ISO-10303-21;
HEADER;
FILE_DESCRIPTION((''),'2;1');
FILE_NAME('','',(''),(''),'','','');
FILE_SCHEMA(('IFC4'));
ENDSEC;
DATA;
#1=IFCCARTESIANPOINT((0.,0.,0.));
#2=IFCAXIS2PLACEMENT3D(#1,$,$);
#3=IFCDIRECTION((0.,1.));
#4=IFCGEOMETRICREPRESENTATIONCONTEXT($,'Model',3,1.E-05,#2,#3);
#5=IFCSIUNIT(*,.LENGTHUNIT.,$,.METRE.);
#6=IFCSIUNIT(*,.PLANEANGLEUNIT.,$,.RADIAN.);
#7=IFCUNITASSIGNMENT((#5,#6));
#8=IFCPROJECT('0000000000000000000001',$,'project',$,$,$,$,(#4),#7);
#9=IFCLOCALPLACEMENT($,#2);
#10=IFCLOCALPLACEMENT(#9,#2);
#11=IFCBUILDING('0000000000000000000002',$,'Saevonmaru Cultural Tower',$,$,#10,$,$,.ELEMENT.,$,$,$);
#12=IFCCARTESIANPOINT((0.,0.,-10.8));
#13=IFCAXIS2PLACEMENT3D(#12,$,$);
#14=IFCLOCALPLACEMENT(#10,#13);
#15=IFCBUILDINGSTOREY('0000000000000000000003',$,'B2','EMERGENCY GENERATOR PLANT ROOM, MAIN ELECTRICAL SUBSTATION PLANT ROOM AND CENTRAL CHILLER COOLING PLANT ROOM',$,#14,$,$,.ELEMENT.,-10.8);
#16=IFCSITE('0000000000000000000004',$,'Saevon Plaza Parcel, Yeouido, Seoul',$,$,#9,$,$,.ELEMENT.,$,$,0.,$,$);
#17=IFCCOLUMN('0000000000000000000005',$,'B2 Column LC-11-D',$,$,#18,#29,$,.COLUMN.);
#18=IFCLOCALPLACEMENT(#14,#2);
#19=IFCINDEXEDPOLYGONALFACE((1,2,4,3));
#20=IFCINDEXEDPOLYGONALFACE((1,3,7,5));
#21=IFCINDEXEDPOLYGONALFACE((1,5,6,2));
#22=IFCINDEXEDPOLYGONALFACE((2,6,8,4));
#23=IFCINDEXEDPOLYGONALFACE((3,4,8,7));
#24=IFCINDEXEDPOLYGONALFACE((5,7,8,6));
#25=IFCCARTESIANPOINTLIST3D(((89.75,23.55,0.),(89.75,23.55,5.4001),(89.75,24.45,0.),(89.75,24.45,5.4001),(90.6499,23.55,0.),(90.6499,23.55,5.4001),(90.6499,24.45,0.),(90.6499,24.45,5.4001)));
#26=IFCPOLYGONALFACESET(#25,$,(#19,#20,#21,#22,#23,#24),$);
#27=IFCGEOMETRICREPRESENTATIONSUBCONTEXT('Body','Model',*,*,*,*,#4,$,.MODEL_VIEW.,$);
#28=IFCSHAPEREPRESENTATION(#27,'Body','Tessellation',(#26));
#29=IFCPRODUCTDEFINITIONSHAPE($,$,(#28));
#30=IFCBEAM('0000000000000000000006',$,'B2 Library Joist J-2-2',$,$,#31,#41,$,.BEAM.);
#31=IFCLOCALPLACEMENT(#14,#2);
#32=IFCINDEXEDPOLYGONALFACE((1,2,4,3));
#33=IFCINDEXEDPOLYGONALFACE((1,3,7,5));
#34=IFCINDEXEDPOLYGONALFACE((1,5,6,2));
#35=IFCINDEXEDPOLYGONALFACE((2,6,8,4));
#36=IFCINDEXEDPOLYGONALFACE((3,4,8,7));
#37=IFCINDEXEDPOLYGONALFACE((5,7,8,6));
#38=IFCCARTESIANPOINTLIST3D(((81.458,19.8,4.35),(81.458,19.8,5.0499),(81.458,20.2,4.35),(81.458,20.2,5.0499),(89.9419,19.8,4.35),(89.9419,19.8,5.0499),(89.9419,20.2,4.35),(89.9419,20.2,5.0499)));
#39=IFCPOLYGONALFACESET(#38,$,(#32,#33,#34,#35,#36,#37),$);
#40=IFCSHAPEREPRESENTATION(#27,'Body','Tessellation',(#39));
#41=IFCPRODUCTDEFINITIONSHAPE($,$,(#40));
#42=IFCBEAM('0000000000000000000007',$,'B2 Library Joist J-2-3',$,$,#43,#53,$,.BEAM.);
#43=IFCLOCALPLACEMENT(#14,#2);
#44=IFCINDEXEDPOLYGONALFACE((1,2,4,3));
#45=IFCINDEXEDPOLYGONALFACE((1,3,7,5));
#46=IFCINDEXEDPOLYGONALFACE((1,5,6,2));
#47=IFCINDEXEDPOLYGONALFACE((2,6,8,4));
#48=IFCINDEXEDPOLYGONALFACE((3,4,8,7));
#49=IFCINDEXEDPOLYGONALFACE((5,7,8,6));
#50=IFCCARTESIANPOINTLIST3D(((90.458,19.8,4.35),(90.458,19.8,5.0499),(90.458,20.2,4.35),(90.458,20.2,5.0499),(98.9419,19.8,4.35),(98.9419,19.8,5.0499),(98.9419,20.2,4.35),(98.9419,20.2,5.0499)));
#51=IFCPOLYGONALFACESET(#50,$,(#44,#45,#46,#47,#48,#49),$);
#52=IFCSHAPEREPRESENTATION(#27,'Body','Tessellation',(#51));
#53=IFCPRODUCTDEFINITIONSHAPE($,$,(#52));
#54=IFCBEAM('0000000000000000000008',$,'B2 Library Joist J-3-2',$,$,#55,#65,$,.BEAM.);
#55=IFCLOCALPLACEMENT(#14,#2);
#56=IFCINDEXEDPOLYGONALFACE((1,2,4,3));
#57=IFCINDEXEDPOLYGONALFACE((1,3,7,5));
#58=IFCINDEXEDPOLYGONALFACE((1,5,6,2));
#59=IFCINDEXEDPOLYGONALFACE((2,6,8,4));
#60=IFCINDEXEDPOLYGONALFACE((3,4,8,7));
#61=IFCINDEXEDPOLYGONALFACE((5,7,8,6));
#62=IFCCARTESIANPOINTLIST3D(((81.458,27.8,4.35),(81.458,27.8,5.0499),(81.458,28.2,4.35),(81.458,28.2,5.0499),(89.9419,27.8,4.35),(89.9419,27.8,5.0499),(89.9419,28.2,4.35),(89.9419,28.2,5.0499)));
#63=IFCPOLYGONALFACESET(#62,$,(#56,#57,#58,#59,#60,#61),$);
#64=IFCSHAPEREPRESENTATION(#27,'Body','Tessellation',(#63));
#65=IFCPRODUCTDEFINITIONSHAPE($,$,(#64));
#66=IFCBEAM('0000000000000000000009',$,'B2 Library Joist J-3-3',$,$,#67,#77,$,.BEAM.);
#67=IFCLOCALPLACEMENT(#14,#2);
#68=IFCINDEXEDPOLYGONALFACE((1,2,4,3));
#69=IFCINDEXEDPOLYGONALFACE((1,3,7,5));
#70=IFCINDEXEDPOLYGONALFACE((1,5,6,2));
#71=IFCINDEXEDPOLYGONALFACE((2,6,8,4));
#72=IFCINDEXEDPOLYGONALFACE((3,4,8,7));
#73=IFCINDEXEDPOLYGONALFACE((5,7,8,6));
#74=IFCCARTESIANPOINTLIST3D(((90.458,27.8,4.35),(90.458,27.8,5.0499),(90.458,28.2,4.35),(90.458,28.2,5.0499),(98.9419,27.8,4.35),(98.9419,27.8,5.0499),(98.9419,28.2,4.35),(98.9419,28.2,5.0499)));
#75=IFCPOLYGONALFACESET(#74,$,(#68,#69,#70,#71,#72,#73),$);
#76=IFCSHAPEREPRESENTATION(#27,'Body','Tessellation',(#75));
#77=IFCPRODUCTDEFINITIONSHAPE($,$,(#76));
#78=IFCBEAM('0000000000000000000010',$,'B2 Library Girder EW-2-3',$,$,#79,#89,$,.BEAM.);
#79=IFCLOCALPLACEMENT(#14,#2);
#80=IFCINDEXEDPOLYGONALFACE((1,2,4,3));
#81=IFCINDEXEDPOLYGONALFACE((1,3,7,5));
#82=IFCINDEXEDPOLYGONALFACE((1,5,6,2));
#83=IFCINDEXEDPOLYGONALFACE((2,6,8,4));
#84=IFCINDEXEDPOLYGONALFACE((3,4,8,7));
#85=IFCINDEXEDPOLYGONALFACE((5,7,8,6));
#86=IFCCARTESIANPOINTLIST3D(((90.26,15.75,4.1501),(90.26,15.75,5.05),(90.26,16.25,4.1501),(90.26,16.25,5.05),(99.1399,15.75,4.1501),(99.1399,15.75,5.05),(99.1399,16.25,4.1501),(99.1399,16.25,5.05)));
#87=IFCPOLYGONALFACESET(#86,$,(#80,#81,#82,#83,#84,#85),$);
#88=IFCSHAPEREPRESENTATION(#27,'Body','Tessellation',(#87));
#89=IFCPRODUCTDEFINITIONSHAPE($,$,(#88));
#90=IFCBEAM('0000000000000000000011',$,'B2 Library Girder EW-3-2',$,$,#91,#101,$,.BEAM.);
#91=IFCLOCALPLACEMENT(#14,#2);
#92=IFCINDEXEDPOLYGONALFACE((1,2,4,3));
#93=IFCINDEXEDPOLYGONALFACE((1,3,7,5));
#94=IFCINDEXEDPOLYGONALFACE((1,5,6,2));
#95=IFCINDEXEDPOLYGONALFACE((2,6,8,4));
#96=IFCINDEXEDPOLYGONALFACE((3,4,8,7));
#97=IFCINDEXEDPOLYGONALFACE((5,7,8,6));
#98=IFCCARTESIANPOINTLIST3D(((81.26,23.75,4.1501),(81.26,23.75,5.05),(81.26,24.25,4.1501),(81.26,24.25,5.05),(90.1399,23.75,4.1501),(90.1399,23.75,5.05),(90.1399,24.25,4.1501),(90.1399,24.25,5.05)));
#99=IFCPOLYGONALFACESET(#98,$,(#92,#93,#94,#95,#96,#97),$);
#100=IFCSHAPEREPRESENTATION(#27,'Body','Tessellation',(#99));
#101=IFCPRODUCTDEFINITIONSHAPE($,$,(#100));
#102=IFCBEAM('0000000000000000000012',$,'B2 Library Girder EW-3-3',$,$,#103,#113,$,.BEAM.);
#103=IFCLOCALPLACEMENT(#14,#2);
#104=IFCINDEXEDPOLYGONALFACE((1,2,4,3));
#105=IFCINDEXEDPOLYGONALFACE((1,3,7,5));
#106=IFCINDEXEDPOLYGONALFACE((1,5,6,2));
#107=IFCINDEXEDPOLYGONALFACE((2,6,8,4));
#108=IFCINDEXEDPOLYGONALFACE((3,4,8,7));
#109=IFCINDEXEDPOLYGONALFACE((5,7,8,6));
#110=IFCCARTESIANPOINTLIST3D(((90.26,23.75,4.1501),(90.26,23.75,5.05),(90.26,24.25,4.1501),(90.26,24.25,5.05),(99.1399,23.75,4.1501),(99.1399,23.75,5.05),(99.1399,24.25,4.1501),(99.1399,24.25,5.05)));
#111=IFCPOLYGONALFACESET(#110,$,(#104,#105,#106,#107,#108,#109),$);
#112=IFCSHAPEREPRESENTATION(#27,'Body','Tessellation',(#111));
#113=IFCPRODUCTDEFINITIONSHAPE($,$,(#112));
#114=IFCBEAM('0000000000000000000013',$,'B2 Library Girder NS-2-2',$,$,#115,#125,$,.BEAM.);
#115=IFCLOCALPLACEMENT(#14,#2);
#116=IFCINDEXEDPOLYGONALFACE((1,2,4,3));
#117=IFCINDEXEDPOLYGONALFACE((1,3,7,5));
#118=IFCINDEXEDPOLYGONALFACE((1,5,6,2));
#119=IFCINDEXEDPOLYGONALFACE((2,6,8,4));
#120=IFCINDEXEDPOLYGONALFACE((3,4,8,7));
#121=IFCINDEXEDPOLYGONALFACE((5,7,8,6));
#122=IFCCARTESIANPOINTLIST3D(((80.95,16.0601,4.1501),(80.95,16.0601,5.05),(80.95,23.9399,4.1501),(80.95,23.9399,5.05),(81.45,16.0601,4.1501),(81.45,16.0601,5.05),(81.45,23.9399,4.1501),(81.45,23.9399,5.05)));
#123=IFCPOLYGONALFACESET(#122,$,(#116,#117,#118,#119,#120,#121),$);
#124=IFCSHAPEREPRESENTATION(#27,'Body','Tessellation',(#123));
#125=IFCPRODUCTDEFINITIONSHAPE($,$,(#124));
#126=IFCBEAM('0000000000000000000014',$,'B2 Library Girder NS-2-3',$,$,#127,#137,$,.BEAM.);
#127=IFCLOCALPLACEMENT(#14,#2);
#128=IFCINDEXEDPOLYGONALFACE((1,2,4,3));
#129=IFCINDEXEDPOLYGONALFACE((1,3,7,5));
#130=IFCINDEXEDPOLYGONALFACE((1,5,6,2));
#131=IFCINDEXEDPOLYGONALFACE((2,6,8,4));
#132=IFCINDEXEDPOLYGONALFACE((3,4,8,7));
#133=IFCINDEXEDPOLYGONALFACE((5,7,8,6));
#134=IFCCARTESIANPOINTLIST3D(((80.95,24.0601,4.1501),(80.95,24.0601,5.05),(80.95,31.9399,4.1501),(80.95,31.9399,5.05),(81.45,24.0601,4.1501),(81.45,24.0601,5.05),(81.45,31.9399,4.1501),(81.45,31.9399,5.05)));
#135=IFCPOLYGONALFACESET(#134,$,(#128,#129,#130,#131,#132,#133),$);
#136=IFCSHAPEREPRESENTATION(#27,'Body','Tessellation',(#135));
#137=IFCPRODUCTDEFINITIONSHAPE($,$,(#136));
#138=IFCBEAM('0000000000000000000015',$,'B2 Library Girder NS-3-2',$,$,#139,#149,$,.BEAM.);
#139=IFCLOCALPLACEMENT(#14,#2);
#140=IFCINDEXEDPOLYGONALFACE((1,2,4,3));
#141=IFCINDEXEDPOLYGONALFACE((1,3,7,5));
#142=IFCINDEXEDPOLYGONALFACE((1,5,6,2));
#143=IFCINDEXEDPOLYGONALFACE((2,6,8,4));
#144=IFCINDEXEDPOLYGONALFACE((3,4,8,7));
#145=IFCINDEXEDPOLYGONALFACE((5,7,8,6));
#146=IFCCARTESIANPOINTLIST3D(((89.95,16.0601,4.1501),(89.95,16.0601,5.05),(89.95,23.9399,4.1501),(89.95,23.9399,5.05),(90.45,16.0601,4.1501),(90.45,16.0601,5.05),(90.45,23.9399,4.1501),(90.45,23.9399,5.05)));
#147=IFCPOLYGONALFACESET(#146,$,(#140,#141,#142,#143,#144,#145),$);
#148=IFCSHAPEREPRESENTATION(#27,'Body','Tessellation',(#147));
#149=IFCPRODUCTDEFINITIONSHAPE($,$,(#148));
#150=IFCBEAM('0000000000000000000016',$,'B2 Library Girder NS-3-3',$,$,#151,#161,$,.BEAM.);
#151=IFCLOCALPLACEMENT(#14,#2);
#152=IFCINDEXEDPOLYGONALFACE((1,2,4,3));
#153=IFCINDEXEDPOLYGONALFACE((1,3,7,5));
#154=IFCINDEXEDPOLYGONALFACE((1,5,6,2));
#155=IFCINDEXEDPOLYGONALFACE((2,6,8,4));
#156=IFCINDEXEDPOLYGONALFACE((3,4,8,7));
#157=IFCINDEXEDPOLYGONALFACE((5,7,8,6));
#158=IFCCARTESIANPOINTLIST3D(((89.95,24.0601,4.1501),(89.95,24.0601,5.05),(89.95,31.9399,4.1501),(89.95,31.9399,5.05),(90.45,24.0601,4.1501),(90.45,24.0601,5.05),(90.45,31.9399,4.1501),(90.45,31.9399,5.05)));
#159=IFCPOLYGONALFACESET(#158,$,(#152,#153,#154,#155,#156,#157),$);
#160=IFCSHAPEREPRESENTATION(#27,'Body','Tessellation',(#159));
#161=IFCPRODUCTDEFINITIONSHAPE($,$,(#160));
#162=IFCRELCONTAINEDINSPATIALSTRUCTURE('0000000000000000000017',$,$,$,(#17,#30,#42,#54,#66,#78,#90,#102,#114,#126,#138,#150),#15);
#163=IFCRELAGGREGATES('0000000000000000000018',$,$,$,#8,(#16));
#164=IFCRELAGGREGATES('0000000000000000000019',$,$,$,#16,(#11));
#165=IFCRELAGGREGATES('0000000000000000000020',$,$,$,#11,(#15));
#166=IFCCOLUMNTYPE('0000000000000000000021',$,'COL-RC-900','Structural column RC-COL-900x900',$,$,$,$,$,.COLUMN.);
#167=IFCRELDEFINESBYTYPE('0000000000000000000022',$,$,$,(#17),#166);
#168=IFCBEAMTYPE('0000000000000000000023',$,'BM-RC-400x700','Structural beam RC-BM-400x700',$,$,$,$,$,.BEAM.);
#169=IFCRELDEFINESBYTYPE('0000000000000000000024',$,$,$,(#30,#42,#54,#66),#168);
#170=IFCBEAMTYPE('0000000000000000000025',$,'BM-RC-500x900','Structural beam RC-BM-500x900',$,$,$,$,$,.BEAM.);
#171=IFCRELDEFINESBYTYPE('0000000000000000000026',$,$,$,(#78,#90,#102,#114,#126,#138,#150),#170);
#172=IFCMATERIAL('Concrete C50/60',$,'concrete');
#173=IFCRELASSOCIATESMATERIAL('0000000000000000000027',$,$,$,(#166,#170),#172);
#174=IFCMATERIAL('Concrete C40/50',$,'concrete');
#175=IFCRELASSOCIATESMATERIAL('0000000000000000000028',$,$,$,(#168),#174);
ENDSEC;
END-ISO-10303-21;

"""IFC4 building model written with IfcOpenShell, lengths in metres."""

from ifc_helpers import new_model, si_unit, direction, frame, origin, origin_2d, place, context, subcontext, project, spatial, rectangle, extrude, material, material_profile, profile_set, type_object, element, save


model = new_model("IFC4")

# Units and contexts
model_context = context("Model", 3, precision=1e-05, world=origin(), true_north=direction((0.0, 1.0)))
body_context = subcontext(model_context, "Body", "Model", "MODEL_VIEW")
ifc_project = project(units=[si_unit("LENGTHUNIT", "METRE"), si_unit("PLANEANGLEUNIT", "RADIAN")], contexts=[model_context])

# Site, building, storey
site_placement = place(None, origin())
site = spatial("IfcSite", under=ifc_project, at=site_placement, Name="Saevon Plaza Parcel, Yeouido, Seoul", CompositionType="ELEMENT", RefElevation=0.0)
building_placement = place(site_placement, origin())
building = spatial("IfcBuilding", under=site, at=building_placement, Name="Saevonmaru Cultural Tower", CompositionType="ELEMENT")
storey_placement = place(building_placement, frame((0.0, 0.0, -10.8)))
storey = spatial("IfcBuildingStorey", under=building, at=storey_placement, Name="B2", Description="EMERGENCY GENERATOR PLANT ROOM, MAIN ELECTRICAL SUBSTATION PLANT ROOM AND CENTRAL CHILLER COOLING PLANT ROOM", CompositionType="ELEMENT", Elevation=-10.8)

# Shared definitions
ifc_material_1 = material(Name="Concrete C50/60", Category="concrete")

# Shared definitions
ifc_material_2 = material(Name="Concrete C40/50", Category="concrete")

# Column
ifc_material_profile_1 = material_profile(ifc_material_1, rectangle(XDim=0.8999, YDim=0.8999, at=origin_2d()), Name="RC-COL-900x900")
ifc_profile_set_1 = profile_set([ifc_material_profile_1], Name="Concrete C50/60")
column_type = type_object("IfcColumnType", Name="COL-RC-900", Description="Structural column RC-COL-900x900", PredefinedType="COLUMN", material=ifc_profile_set_1)
for number, where, z_axis, x_axis, name in (
    (1, (90.2, 24.0, 0.0), (0.0, 0.0, 1.0), (1.0, 0.0, 0.0), "B2 Column LC-11-D"),
):
    element("IfcColumn", number, at=place(storey_placement, frame(where, z_axis=z_axis, x_axis=x_axis)), inside=storey, type_object=column_type, Name=name, PredefinedType="COLUMN", context=body_context, shape_type="SweptSolid", body=[
        extrude(rectangle(XDim=0.8999, YDim=0.8999, at=origin_2d()), origin(), (0.0, 0.0, 1.0), 5.4001),
    ])

# Beams
ifc_material_profile_2 = material_profile(ifc_material_2, rectangle(XDim=0.3999, YDim=0.7, at=origin_2d()), Name="RC-BM-400x700")
ifc_profile_set_2 = profile_set([ifc_material_profile_2], Name="Concrete C40/50")
beam_type_1 = type_object("IfcBeamType", Name="BM-RC-400x700", Description="Structural beam RC-BM-400x700", PredefinedType="BEAM", material=ifc_profile_set_2)
for number, where, z_axis, x_axis, name in (
    (2, (81.458, 20.0, 4.7), (1.0, 0.0, 0.0), (0.0, 1.0, 0.0), "B2 Library Joist J-2-2"),
    (3, (90.458, 20.0, 4.7), (1.0, 0.0, 0.0), (0.0, 1.0, 0.0), "B2 Library Joist J-2-3"),
    (4, (81.458, 28.0, 4.7), (1.0, 0.0, 0.0), (0.0, 1.0, 0.0), "B2 Library Joist J-3-2"),
    (5, (90.458, 28.0, 4.7), (1.0, 0.0, 0.0), (0.0, 1.0, 0.0), "B2 Library Joist J-3-3"),
):
    element("IfcBeam", number, at=place(storey_placement, frame(where, z_axis=z_axis, x_axis=x_axis)), inside=storey, type_object=beam_type_1, Name=name, PredefinedType="BEAM", context=body_context, shape_type="SweptSolid", body=[
        extrude(rectangle(XDim=0.3999, YDim=0.7, at=origin_2d()), origin(), (0.0, 0.0, 1.0), 8.4839),
    ])
ifc_material_profile_3 = material_profile(ifc_material_1, rectangle(XDim=0.5, YDim=0.8999, at=origin_2d()), Name="RC-BM-500x900")
ifc_profile_set_3 = profile_set([ifc_material_profile_3], Name="Concrete C50/60")
beam_type_2 = type_object("IfcBeamType", Name="BM-RC-500x900", Description="Structural beam RC-BM-500x900", PredefinedType="BEAM", material=ifc_profile_set_3)
for number, where, z_axis, x_axis, name in (
    (6, (90.26, 16.0, 4.6001), (1.0, 0.0, 0.0), (0.0, 1.0, 0.0), "B2 Library Girder EW-2-3"),
    (7, (81.26, 24.0, 4.6001), (1.0, 0.0, 0.0), (0.0, 1.0, 0.0), "B2 Library Girder EW-3-2"),
    (8, (90.26, 24.0, 4.6001), (1.0, 0.0, 0.0), (0.0, 1.0, 0.0), "B2 Library Girder EW-3-3"),
):
    element("IfcBeam", number, at=place(storey_placement, frame(where, z_axis=z_axis, x_axis=x_axis)), inside=storey, type_object=beam_type_2, Name=name, PredefinedType="BEAM", context=body_context, shape_type="SweptSolid", body=[
        extrude(rectangle(XDim=0.5, YDim=0.8999, at=origin_2d()), origin(), (0.0, 0.0, 1.0), 8.8799),
    ])
for number, where, z_axis, x_axis, name in (
    (9, (81.2, 16.0601, 4.6001), (0.0, 1.0, 0.0), (-1.0, 0.0, 0.0), "B2 Library Girder NS-2-2"),
    (10, (81.2, 24.0601, 4.6001), (0.0, 1.0, 0.0), (-1.0, 0.0, 0.0), "B2 Library Girder NS-2-3"),
    (11, (90.2, 16.0601, 4.6001), (0.0, 1.0, 0.0), (-1.0, 0.0, 0.0), "B2 Library Girder NS-3-2"),
    (12, (90.2, 24.0601, 4.6001), (0.0, 1.0, 0.0), (-1.0, 0.0, 0.0), "B2 Library Girder NS-3-3"),
):
    element("IfcBeam", number, at=place(storey_placement, frame(where, z_axis=z_axis, x_axis=x_axis)), inside=storey, type_object=beam_type_2, Name=name, PredefinedType="BEAM", context=body_context, shape_type="SweptSolid", body=[
        extrude(rectangle(XDim=0.5, YDim=0.8999, at=origin_2d()), origin(), (0.0, 0.0, 1.0), 7.8799),
    ])

save(model, "model.ifc")
